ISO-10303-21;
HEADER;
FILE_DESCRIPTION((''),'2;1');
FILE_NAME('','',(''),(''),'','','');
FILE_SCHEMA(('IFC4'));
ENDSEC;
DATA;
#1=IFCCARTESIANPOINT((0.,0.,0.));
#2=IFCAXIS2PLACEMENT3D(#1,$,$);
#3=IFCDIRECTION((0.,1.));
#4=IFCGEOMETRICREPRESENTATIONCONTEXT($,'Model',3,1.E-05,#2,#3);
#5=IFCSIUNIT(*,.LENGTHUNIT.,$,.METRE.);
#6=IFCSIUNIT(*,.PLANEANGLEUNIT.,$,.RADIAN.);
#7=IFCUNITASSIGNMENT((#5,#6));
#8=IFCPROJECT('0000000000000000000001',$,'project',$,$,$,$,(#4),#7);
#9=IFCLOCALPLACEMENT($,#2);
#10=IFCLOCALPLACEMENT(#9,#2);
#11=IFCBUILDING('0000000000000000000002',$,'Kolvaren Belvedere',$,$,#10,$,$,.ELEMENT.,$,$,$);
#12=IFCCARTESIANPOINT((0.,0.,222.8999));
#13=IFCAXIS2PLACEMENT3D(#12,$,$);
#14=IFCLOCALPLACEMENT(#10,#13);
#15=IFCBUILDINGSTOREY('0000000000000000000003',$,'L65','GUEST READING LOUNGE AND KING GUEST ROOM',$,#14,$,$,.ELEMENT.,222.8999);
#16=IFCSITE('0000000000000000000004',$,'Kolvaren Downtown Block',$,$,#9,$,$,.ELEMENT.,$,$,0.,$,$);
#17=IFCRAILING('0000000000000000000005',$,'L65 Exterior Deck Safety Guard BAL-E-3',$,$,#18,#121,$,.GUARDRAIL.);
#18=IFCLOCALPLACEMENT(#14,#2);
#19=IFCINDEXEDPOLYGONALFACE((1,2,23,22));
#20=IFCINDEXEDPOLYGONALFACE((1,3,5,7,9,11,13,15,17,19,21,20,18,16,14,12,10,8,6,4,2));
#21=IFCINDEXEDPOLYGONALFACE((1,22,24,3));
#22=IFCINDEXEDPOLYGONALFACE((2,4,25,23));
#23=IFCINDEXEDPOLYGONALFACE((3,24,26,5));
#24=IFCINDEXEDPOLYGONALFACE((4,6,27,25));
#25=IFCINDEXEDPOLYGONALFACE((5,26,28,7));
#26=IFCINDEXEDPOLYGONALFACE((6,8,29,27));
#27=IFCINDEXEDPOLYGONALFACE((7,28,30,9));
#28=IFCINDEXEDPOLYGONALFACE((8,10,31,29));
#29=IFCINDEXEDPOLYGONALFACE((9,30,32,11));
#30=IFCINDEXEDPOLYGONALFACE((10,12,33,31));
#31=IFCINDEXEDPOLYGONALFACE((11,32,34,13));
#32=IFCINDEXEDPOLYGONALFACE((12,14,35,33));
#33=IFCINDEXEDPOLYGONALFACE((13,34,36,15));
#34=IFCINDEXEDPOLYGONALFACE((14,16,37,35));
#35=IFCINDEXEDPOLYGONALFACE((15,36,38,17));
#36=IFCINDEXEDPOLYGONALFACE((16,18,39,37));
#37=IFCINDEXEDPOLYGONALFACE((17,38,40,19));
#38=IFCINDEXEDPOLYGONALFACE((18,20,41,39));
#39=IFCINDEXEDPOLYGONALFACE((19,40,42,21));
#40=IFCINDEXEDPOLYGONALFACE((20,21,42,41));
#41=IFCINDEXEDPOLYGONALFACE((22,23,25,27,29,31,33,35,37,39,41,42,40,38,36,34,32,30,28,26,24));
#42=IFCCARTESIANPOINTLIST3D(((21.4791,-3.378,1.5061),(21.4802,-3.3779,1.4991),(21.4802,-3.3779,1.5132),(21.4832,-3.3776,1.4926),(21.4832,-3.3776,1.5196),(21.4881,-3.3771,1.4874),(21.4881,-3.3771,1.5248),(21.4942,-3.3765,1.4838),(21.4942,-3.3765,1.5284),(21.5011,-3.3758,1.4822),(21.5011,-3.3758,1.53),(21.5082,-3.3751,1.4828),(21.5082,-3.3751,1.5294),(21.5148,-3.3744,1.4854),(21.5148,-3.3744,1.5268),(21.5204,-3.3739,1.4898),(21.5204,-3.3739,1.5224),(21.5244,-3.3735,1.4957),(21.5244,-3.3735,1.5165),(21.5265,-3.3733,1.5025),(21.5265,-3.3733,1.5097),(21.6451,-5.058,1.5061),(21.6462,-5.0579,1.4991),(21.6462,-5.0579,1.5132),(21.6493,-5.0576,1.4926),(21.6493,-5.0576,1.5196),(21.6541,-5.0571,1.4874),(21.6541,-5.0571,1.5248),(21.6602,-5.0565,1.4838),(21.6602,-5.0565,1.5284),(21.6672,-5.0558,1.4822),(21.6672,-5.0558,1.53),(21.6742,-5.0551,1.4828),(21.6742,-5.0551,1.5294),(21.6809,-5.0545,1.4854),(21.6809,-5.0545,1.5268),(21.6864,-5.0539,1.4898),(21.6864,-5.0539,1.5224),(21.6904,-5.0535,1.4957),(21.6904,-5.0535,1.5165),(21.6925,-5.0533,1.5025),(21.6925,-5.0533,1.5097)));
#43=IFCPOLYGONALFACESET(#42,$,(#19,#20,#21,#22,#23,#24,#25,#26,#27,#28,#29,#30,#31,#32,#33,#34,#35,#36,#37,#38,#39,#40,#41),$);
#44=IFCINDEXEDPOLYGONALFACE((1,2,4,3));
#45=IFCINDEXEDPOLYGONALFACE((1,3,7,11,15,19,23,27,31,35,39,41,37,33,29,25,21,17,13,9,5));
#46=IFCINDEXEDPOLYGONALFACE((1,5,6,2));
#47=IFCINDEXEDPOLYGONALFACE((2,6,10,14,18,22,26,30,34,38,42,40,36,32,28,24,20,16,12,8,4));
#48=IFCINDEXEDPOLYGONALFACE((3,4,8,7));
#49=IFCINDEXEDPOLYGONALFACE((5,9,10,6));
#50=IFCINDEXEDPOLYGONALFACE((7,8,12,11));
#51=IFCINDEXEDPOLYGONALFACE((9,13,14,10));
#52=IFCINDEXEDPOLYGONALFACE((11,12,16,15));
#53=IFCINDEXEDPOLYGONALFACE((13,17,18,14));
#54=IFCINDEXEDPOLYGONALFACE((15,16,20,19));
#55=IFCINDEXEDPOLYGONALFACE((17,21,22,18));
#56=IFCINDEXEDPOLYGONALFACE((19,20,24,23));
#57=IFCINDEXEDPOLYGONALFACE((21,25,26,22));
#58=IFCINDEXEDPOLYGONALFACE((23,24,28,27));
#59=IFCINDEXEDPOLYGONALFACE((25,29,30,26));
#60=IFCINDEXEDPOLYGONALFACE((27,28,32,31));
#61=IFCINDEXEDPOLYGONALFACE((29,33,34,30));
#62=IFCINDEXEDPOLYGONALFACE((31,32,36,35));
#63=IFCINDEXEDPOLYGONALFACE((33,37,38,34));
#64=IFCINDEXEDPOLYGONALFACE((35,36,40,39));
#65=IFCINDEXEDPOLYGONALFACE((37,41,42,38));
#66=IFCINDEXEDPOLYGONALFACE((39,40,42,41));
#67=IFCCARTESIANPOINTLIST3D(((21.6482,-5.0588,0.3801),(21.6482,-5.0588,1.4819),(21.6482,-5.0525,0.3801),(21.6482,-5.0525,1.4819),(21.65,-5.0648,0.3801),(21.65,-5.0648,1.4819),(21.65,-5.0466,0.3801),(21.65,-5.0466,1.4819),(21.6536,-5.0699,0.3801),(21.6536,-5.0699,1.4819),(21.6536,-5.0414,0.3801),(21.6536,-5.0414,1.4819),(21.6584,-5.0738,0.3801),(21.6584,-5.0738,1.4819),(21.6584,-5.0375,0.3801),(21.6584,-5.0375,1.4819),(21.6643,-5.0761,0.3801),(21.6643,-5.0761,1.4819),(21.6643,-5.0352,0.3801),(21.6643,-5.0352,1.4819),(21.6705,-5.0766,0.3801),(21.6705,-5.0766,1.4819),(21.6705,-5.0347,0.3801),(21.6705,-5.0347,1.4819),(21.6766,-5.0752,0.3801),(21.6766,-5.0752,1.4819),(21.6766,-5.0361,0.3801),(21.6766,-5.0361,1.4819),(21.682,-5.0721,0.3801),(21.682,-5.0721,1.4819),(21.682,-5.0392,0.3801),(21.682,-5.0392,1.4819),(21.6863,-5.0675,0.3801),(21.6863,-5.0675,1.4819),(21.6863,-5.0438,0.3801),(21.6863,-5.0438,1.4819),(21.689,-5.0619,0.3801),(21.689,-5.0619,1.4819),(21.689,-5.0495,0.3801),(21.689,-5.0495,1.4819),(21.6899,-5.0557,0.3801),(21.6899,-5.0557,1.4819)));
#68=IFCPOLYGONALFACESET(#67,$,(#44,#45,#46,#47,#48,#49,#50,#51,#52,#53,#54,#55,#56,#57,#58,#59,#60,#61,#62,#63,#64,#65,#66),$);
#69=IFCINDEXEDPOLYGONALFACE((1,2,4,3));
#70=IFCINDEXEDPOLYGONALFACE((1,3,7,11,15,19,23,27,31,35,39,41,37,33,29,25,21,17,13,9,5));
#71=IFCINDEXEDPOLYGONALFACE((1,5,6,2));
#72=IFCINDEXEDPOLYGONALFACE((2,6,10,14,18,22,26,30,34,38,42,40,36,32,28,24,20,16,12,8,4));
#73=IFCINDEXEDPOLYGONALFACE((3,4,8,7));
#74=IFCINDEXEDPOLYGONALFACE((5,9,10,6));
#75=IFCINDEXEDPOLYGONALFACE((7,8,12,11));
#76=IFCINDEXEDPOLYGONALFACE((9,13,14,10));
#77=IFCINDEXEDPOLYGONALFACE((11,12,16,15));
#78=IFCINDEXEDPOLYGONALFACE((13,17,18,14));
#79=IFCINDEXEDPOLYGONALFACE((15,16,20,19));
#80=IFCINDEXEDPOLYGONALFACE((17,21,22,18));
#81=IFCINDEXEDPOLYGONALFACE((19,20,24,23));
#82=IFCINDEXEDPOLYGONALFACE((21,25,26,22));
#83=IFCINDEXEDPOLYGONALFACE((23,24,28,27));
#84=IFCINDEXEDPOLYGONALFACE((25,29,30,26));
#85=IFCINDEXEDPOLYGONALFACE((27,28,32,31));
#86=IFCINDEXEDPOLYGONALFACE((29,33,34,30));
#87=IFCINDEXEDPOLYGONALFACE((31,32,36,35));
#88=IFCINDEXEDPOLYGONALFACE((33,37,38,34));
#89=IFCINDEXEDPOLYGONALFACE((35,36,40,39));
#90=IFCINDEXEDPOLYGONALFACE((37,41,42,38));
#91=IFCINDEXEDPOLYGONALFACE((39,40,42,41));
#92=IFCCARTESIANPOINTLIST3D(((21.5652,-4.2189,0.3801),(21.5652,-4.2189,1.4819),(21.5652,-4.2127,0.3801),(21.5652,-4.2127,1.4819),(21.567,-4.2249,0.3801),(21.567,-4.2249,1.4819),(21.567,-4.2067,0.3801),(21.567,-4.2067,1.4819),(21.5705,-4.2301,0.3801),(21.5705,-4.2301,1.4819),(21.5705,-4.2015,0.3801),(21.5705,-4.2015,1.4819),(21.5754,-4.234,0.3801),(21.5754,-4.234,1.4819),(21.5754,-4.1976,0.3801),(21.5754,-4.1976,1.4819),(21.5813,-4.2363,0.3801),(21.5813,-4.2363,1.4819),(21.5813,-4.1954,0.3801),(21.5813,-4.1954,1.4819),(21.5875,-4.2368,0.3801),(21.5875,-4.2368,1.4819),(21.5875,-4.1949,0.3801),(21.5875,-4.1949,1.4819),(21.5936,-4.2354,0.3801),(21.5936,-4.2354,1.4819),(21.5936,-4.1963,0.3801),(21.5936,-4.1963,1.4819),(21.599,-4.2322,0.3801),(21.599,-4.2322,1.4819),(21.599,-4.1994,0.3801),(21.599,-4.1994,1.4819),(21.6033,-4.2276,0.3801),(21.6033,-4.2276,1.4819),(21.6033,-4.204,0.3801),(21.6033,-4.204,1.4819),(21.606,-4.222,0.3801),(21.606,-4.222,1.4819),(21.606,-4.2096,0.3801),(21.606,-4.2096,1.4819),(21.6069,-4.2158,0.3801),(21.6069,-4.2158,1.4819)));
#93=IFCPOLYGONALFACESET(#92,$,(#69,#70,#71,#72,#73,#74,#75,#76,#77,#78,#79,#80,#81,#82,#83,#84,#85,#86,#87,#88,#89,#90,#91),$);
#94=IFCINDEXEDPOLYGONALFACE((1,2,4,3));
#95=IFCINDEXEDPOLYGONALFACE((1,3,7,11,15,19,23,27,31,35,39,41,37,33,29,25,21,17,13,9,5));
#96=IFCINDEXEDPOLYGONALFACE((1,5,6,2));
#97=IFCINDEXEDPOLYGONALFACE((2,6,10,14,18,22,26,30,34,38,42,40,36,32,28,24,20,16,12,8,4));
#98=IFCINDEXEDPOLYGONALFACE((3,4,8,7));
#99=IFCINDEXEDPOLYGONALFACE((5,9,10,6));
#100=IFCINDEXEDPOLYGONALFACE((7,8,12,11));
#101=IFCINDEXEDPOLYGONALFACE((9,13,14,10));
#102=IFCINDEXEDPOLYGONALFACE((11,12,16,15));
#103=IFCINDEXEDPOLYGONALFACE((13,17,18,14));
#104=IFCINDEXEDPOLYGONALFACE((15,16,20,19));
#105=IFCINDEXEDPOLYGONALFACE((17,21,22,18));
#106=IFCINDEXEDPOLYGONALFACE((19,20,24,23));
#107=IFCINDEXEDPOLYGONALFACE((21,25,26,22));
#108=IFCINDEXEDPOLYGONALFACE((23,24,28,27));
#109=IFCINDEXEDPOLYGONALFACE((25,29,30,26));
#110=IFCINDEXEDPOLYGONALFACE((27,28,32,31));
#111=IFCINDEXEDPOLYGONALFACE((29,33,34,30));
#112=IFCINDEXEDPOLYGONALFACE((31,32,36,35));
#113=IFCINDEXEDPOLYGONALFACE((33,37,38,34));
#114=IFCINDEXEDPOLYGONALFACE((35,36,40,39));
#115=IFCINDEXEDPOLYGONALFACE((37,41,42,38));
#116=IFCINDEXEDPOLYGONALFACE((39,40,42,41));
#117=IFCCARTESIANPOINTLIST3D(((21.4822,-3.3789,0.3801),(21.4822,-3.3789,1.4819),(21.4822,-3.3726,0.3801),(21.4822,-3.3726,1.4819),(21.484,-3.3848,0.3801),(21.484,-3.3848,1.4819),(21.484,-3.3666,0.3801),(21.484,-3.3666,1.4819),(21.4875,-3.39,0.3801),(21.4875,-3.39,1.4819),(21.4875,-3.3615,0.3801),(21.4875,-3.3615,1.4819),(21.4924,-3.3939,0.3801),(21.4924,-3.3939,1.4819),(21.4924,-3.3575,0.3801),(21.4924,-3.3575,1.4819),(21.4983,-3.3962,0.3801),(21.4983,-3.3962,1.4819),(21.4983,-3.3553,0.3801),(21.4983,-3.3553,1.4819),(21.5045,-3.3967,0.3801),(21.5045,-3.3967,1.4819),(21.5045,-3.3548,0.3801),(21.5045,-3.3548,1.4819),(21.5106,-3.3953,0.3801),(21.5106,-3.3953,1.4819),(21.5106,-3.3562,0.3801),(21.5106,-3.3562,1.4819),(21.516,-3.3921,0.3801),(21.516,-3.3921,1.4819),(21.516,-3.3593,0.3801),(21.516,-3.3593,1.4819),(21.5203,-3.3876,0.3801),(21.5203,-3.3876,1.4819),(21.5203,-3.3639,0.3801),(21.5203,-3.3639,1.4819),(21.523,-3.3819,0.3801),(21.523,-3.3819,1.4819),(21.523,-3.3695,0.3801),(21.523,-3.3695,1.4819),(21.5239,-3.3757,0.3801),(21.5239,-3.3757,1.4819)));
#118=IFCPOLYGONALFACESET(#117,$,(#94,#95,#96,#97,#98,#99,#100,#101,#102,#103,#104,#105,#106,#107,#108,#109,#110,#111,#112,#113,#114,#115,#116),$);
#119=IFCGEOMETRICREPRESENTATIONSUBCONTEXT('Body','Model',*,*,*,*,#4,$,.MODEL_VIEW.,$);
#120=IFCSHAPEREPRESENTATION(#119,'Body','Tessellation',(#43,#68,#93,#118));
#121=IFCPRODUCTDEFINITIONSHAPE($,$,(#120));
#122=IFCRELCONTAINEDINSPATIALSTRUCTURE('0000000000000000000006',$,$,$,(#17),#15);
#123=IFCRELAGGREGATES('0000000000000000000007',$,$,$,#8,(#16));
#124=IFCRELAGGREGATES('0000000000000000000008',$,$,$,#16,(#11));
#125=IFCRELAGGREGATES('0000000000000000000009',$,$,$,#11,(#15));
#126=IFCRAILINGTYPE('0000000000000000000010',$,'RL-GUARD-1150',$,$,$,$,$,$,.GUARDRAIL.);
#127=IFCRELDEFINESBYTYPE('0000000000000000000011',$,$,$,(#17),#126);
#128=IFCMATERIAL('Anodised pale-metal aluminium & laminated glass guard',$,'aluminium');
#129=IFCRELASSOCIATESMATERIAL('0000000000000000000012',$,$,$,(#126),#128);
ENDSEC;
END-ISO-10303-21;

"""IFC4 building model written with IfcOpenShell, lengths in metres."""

from ifc_helpers import new_model, si_unit, direction, frame, origin, origin_2d, place, context, subcontext, project, spatial, circle, extrude, material, type_object, element, save


model = new_model("IFC4")

# Units and contexts
model_context = context("Model", 3, precision=1e-05, world=origin(), true_north=direction((0.0, 1.0)))
body_context = subcontext(model_context, "Body", "Model", "MODEL_VIEW")
ifc_project = project(units=[si_unit("LENGTHUNIT", "METRE"), si_unit("PLANEANGLEUNIT", "RADIAN")], contexts=[model_context])

# Site, building, storey
site_placement = place(None, origin())
site = spatial("IfcSite", under=ifc_project, at=site_placement, Name="Kolvaren Downtown Block", CompositionType="ELEMENT", RefElevation=0.0)
building_placement = place(site_placement, origin())
building = spatial("IfcBuilding", under=site, at=building_placement, Name="Kolvaren Belvedere", CompositionType="ELEMENT")
storey_placement = place(building_placement, frame((0.0, 0.0, 222.8999)))
storey = spatial("IfcBuildingStorey", under=building, at=storey_placement, Name="L65", Description="GUEST READING LOUNGE AND KING GUEST ROOM", CompositionType="ELEMENT", Elevation=222.8999)

# Railing
ifc_material_1 = material(Name="Anodised pale-metal aluminium & laminated glass guard", Category="aluminium")
railing_type = type_object("IfcRailingType", Name="RL-GUARD-1150", PredefinedType="GUARDRAIL", material=ifc_material_1)
railing_1_placement = place(storey_placement, frame((21.6689, -5.0557, 0.3801)))
element("IfcRailing", 1, at=railing_1_placement, inside=storey, type_object=railing_type, Name="L65 Exterior Deck Safety Guard BAL-E-3", PredefinedType="GUARDRAIL", context=body_context, shape_type="SweptSolid", body=[
    extrude(circle(Radius=0.0239, at=origin_2d()), frame((0.0, 0.0, 1.126), z_axis=(-0.098344, 0.995152, 0.0), x_axis=(-0.995152, -0.098344, 0.0)), (0.0, 0.0, 1.0), 1.6882),
    extrude(circle(Radius=0.021, at=origin_2d()), origin(), (0.0, 0.0, 1.0), 1.1018),
    extrude(circle(Radius=0.021, at=origin_2d()), frame((-0.083, 0.8398, 0.0)), (0.0, 0.0, 1.0), 1.1018),
    extrude(circle(Radius=0.021, at=origin_2d()), frame((-0.166, 1.6799, 0.0)), (0.0, 0.0, 1.0), 1.1018),
])

save(model, "model.ifc")
